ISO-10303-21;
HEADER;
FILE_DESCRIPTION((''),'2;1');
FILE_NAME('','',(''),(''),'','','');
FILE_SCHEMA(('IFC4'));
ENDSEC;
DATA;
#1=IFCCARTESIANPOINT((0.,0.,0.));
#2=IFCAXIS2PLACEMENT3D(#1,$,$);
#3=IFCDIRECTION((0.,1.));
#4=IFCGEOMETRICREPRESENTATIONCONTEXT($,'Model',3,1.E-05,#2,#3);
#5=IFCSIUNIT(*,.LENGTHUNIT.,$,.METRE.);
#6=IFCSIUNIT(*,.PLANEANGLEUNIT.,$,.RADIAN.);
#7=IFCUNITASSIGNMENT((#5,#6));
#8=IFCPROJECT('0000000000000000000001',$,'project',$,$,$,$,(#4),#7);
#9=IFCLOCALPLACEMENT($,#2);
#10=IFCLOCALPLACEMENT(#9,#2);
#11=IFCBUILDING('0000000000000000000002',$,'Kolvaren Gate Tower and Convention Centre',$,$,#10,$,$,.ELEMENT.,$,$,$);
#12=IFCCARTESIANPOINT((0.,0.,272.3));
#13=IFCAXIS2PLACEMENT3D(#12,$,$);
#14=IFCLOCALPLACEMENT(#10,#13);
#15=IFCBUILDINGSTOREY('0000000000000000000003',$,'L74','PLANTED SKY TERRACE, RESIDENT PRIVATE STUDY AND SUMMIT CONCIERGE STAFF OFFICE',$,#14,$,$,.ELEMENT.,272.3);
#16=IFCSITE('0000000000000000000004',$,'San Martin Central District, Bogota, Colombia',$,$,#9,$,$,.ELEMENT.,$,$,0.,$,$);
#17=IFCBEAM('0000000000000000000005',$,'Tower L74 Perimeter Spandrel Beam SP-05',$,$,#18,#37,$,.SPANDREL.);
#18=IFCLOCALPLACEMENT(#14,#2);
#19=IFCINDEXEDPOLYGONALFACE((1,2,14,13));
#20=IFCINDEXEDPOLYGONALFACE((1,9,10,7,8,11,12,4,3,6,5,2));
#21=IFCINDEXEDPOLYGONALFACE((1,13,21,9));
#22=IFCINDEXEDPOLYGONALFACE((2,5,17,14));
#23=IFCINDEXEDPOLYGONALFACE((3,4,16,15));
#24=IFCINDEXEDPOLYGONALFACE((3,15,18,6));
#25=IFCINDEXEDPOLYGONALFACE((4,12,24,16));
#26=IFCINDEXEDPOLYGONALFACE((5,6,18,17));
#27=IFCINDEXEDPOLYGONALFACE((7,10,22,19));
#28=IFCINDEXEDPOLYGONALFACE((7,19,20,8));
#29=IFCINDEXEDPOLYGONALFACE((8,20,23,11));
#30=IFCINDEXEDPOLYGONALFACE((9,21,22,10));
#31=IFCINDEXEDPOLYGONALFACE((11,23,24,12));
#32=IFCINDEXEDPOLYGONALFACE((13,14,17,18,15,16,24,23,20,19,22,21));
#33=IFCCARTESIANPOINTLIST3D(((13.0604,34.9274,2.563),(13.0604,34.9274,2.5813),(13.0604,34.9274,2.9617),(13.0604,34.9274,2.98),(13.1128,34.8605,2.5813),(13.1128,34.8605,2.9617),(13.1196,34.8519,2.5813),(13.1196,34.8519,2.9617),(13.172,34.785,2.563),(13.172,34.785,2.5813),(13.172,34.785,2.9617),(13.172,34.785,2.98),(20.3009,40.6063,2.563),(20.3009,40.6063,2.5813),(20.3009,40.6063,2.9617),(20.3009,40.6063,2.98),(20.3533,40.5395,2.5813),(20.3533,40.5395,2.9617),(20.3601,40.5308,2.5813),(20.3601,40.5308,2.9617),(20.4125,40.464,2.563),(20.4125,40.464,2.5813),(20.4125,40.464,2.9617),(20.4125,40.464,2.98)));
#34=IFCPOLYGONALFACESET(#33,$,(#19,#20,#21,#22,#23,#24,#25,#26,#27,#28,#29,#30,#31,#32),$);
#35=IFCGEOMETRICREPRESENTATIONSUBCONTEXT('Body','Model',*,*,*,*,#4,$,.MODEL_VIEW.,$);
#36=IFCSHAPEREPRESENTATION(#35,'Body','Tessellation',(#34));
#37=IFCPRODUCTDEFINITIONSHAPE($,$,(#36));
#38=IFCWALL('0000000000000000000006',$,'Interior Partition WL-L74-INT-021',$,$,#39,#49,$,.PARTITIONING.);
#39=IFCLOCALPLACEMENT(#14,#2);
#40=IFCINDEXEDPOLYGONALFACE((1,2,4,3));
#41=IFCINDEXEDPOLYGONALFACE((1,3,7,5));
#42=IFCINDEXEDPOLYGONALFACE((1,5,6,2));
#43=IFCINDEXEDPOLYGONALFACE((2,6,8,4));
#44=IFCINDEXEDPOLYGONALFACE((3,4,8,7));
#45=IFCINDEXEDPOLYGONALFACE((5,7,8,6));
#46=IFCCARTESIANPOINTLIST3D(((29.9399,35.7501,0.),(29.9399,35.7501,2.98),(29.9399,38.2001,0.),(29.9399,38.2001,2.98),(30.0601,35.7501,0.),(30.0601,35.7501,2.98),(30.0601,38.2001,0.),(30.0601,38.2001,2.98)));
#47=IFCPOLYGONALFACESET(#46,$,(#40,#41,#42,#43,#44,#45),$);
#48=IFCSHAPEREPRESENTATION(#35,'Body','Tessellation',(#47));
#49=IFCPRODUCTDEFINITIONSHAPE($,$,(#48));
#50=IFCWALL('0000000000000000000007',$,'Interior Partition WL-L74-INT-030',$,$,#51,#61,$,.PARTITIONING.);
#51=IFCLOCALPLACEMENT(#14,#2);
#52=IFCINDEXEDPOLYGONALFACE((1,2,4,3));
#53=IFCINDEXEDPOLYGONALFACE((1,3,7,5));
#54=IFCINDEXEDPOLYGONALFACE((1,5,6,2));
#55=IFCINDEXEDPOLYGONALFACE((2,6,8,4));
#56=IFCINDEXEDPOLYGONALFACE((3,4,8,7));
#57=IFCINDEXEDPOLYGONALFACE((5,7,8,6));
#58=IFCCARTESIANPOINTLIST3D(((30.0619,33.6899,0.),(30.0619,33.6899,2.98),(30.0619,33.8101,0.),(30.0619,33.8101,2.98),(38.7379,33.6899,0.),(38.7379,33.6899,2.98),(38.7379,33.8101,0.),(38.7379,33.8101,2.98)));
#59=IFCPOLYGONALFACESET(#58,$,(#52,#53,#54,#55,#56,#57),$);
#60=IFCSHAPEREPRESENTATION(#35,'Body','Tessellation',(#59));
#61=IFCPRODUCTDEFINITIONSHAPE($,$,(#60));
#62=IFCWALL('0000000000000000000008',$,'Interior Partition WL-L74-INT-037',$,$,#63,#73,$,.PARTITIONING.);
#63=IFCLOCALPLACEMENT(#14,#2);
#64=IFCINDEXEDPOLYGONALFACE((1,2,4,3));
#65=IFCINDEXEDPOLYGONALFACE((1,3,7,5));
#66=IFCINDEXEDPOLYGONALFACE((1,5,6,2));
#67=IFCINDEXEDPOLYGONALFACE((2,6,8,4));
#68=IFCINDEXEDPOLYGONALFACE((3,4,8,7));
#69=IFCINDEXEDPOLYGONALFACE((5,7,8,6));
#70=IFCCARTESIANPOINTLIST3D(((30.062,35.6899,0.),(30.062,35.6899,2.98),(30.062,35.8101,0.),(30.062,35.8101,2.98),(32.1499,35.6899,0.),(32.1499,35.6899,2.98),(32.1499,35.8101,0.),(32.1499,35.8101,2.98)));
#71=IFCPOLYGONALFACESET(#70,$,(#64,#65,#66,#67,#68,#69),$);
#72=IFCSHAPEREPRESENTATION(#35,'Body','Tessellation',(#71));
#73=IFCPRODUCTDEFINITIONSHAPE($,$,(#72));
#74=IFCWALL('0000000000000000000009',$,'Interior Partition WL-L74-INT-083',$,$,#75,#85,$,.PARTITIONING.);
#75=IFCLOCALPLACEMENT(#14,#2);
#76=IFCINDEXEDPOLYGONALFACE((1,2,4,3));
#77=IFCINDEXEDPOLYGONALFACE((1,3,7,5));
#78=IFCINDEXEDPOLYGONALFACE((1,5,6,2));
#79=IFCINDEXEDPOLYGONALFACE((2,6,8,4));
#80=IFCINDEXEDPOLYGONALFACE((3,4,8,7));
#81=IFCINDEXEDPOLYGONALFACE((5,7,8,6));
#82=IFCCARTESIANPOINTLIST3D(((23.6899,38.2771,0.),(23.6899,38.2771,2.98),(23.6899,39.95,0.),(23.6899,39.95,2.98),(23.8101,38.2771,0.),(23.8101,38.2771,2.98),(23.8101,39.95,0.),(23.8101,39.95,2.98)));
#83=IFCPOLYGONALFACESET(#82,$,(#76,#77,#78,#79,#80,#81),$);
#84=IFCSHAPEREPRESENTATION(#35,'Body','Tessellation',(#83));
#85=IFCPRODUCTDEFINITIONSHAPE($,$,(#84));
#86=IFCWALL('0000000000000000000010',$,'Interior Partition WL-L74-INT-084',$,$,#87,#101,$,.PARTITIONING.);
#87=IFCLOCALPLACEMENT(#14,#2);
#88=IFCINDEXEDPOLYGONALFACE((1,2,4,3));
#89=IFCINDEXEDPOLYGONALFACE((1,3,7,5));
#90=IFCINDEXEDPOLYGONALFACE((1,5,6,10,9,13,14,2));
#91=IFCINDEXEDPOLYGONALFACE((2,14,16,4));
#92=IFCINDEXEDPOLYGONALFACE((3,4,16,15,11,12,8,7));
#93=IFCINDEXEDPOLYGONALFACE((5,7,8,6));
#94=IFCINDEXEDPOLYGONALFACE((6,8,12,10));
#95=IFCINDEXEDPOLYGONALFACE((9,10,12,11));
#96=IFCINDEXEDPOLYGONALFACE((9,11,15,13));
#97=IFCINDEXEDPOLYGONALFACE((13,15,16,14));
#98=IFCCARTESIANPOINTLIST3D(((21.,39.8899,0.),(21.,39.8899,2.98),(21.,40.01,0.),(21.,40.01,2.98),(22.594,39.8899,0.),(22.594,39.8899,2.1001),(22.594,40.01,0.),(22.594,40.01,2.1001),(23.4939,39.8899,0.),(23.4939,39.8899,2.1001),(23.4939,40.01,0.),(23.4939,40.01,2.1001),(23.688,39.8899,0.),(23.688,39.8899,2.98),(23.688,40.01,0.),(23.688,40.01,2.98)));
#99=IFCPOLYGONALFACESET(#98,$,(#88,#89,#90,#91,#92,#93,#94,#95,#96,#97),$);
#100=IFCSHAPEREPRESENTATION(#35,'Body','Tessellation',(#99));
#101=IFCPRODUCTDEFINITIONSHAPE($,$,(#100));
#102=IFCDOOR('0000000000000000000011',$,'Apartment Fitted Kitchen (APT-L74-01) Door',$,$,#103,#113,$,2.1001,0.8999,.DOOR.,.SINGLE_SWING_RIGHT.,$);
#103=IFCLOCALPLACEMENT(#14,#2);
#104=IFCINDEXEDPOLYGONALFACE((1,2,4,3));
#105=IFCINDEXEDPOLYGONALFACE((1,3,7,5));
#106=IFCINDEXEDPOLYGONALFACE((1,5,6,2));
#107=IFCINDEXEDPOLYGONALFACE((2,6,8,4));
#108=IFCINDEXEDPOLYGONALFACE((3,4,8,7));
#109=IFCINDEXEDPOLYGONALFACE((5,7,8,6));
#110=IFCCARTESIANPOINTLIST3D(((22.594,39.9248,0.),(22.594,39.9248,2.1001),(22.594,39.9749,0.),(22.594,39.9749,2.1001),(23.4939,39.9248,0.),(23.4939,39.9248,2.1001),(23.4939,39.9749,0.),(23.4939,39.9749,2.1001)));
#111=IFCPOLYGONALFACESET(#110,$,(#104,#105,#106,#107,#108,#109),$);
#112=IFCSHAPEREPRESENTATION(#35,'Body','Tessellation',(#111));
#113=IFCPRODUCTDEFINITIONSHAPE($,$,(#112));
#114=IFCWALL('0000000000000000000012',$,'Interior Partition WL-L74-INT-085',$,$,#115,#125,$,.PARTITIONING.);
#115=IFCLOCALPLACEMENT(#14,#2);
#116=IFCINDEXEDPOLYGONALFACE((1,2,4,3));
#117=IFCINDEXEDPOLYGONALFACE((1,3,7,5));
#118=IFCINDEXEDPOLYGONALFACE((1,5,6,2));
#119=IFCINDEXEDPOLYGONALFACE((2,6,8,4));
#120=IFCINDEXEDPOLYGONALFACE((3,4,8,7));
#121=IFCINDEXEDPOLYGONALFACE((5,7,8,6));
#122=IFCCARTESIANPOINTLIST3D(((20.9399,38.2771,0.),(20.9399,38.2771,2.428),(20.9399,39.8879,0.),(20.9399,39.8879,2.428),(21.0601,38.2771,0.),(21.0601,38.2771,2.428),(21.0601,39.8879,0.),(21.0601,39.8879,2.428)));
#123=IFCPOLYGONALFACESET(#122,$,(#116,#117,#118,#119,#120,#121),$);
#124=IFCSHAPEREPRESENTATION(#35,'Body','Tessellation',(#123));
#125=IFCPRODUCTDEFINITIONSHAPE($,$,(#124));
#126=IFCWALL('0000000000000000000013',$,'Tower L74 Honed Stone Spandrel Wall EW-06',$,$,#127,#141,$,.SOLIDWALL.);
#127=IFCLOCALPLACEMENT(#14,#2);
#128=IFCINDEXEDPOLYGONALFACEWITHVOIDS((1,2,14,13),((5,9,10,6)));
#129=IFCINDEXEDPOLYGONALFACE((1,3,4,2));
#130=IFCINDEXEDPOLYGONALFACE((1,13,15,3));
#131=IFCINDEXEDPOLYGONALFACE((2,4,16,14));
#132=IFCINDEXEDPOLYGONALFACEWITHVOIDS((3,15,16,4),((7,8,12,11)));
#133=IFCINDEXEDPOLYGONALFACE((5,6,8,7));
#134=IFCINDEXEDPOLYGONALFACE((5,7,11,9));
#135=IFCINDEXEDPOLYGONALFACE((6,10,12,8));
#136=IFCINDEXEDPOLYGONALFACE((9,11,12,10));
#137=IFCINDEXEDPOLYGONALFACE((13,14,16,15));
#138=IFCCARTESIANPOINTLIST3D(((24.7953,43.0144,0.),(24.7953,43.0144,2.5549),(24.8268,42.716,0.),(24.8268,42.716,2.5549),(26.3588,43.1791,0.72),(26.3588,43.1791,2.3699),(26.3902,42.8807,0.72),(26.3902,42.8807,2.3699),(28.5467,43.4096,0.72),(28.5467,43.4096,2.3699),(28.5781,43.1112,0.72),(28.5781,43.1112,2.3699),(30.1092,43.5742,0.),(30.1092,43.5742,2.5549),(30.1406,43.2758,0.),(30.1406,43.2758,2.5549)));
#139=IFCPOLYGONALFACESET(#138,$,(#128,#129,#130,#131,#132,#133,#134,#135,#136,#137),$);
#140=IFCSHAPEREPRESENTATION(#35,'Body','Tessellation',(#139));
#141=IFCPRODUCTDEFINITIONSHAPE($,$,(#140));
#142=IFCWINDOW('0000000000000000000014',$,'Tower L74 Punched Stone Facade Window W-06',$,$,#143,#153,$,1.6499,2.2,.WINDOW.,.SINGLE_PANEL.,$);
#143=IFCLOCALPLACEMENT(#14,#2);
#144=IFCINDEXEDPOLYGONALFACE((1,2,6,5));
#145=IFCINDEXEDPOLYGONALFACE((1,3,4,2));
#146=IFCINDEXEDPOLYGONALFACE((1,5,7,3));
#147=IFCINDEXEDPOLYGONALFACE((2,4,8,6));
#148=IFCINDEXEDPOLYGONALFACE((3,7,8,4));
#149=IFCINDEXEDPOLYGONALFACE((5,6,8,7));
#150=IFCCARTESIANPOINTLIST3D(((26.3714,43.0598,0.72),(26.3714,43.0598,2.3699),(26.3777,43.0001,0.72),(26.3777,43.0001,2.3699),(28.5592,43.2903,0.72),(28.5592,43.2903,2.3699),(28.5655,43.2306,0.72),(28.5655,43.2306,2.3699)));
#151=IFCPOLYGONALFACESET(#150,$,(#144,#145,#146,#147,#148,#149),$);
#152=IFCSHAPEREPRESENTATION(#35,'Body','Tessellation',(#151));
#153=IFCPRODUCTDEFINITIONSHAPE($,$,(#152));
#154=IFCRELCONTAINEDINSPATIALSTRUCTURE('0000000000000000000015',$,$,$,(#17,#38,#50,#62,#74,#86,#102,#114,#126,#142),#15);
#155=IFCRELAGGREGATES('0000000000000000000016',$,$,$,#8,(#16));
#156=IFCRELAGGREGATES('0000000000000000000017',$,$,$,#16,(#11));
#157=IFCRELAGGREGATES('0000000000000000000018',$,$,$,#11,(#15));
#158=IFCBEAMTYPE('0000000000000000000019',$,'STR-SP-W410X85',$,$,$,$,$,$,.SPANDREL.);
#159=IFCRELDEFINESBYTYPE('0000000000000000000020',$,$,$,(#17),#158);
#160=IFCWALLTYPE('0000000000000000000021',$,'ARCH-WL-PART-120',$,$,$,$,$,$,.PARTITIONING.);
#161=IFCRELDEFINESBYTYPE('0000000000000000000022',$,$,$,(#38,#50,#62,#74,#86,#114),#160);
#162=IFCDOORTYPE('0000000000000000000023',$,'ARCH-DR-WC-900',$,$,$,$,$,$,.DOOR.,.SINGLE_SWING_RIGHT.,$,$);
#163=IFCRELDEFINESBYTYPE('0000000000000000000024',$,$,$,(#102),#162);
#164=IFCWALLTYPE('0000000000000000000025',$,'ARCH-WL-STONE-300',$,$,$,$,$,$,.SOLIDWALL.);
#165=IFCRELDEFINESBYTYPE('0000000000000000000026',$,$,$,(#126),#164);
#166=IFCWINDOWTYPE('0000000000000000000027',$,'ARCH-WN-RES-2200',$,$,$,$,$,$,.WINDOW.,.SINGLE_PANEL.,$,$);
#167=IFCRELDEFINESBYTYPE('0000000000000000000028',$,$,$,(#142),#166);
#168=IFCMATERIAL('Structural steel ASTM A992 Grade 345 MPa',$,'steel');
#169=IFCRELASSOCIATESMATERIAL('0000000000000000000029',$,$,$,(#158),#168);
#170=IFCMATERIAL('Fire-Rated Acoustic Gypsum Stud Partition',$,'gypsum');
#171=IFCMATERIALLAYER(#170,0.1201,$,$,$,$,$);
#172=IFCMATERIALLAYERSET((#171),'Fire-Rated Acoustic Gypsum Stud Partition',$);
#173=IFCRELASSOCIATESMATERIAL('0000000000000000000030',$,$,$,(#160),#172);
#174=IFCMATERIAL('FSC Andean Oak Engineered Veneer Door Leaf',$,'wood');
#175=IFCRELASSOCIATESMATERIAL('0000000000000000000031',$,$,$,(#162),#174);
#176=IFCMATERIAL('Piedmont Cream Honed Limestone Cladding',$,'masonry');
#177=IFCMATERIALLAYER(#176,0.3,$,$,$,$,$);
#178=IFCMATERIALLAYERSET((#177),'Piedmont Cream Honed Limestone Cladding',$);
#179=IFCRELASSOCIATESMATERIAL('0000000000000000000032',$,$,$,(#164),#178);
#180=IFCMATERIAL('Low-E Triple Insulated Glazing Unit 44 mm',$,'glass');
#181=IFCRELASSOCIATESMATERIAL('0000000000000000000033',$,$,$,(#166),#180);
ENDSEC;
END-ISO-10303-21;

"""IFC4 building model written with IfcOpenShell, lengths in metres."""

from ifc_helpers import new_model, si_unit, direction, frame, frame_2d, origin, origin_2d, place, context, subcontext, project, spatial, rectangle, i_section, extrude, material, layer, layer_set, material_profile, profile_set, type_object, element, fill, save


model = new_model("IFC4")

# Units and contexts
model_context = context("Model", 3, precision=1e-05, world=origin(), true_north=direction((0.0, 1.0)))
body_context = subcontext(model_context, "Body", "Model", "MODEL_VIEW")
ifc_project = project(units=[si_unit("LENGTHUNIT", "METRE"), si_unit("PLANEANGLEUNIT", "RADIAN")], contexts=[model_context])

# Site, building, storey
site_placement = place(None, origin())
site = spatial("IfcSite", under=ifc_project, at=site_placement, Name="San Martin Central District, Bogota, Colombia", CompositionType="ELEMENT", RefElevation=0.0)
building_placement = place(site_placement, origin())
building = spatial("IfcBuilding", under=site, at=building_placement, Name="Kolvaren Gate Tower and Convention Centre", CompositionType="ELEMENT")
storey_placement = place(building_placement, frame((0.0, 0.0, 272.3)))
storey = spatial("IfcBuildingStorey", under=building, at=storey_placement, Name="L74", Description="PLANTED SKY TERRACE, RESIDENT PRIVATE STUDY AND SUMMIT CONCIERGE STAFF OFFICE", CompositionType="ELEMENT", Elevation=272.3)

# Beam
ifc_material_1 = material(Name="Structural steel ASTM A992 Grade 345 MPa", Category="steel")
ifc_material_profile_1 = material_profile(ifc_material_1, i_section(OverallWidth=0.1809, OverallDepth=0.417, WebThickness=0.011, FlangeThickness=0.0183, at=origin_2d()), Name="W410X85")
ifc_profile_set_1 = profile_set([ifc_material_profile_1], Name="Structural steel ASTM A992 Grade 345 MPa")
beam_type_1 = type_object("IfcBeamType", Name="STR-SP-W410X85", PredefinedType="SPANDREL", material=ifc_profile_set_1)
beam_1_placement = place(storey_placement, frame((20.3567, 40.5352, 2.7715), z_axis=(-0.786846, -0.61715, 0.0), x_axis=(0.61715, -0.786846, 0.0)))
element("IfcBeam", 1, at=beam_1_placement, inside=storey, type_object=beam_type_1, Name="Tower L74 Perimeter Spandrel Beam SP-05", PredefinedType="SPANDREL", context=body_context, shape_type="SweptSolid", body=[
    extrude(i_section(OverallWidth=0.1809, OverallDepth=0.417, WebThickness=0.011, FlangeThickness=0.0183, at=origin_2d()), origin(), (0.0, 0.0, 1.0), 9.2019),
])

# Walls
ifc_material_2 = material(Name="Fire-Rated Acoustic Gypsum Stud Partition", Category="gypsum")
ifc_layer_1 = layer(ifc_material_2, 0.1201)
ifc_layer_set_1 = layer_set([ifc_layer_1], Name="Fire-Rated Acoustic Gypsum Stud Partition")
wall_type_1 = type_object("IfcWallType", Name="ARCH-WL-PART-120", PredefinedType="PARTITIONING", material=ifc_layer_set_1)
wall_1_placement = place(storey_placement, frame((30.0, 35.75, 0.0), z_axis=(0.0, 0.0, 1.0), x_axis=(0.0, 1.0, 0.0)))
element("IfcWall", 2, at=wall_1_placement, inside=storey, type_object=wall_type_1, Name="Interior Partition WL-L74-INT-021", PredefinedType="PARTITIONING", context=body_context, shape_type="SweptSolid", body=[
    extrude(rectangle(XDim=2.45, YDim=0.1201, at=frame_2d((1.2251, 0.0))), origin(), (0.0, 0.0, 1.0), 2.98),
])
wall_2_placement = place(storey_placement, frame((30.062, 33.75, 0.0), z_axis=(0.0, 0.0, 1.0), x_axis=(1.0, 0.0, 0.0)))
element("IfcWall", 3, at=wall_2_placement, inside=storey, type_object=wall_type_1, Name="Interior Partition WL-L74-INT-030", PredefinedType="PARTITIONING", context=body_context, shape_type="SweptSolid", body=[
    extrude(rectangle(XDim=8.676, YDim=0.1201, at=frame_2d((4.3379, 0.0))), origin(), (0.0, 0.0, 1.0), 2.98),
])
wall_3_placement = place(storey_placement, frame((30.062, 35.75, 0.0), z_axis=(0.0, 0.0, 1.0), x_axis=(1.0, 0.0, 0.0)))
element("IfcWall", 4, at=wall_3_placement, inside=storey, type_object=wall_type_1, Name="Interior Partition WL-L74-INT-037", PredefinedType="PARTITIONING", context=body_context, shape_type="SweptSolid", body=[
    extrude(rectangle(XDim=2.0879, YDim=0.1201, at=frame_2d((1.0439, 0.0))), origin(), (0.0, 0.0, 1.0), 2.98),
])
wall_4_placement = place(storey_placement, frame((23.75, 38.2771, 0.0), z_axis=(0.0, 0.0, 1.0), x_axis=(0.0, 1.0, 0.0)))
element("IfcWall", 5, at=wall_4_placement, inside=storey, type_object=wall_type_1, Name="Interior Partition WL-L74-INT-083", PredefinedType="PARTITIONING", context=body_context, shape_type="SweptSolid", body=[
    extrude(rectangle(XDim=1.6729, YDim=0.1201, at=frame_2d((0.8364, 0.0))), origin(), (0.0, 0.0, 1.0), 2.98),
])

# Wall, opening, door
wall_5_placement = place(storey_placement, frame((21.0, 39.95, 0.0), z_axis=(0.0, 0.0, 1.0), x_axis=(1.0, 0.0, 0.0)))
wall_5 = element("IfcWall", 6, at=wall_5_placement, inside=storey, type_object=wall_type_1, Name="Interior Partition WL-L74-INT-084", PredefinedType="PARTITIONING", context=body_context, shape_type="SweptSolid", body=[
    extrude(rectangle(XDim=2.688, YDim=0.1201, at=frame_2d((1.344, 0.0))), origin(), (0.0, 0.0, 1.0), 2.98),
])
opening_1_placement = place(wall_5_placement, frame((1.594, 0.0, 0.0)))
opening_1 = element("IfcOpeningElement", 7, at=opening_1_placement, cuts=wall_5, PredefinedType="OPENING", context=body_context, shape_type="SweptSolid", body=[
    extrude(rectangle(XDim=0.8999, YDim=2.1001, at=frame_2d((0.45, 1.05))), frame((0.0, 0.0701, 0.0), z_axis=(0.0, -1.0, 0.0), x_axis=(1.0, 0.0, 0.0)), (0.0, 0.0, 1.0), 0.1401),
])
ifc_material_3 = material(Name="FSC Andean Oak Engineered Veneer Door Leaf", Category="wood")
door_type_1 = type_object("IfcDoorType", Name="ARCH-DR-WC-900", OperationType="SINGLE_SWING_RIGHT", PredefinedType="DOOR", material=ifc_material_3)
door_1_placement = place(opening_1_placement, origin())
door_1 = element("IfcDoor", 8, at=door_1_placement, inside=storey, type_object=door_type_1, Name="Apartment Fitted Kitchen (APT-L74-01) Door", OperationType="SINGLE_SWING_RIGHT", OverallHeight=2.1001, OverallWidth=0.8999, PredefinedType="DOOR", context=body_context, shape_type="SweptSolid", body=[
    extrude(rectangle(XDim=0.8999, YDim=2.1001, at=frame_2d((0.45, 1.05))), frame((0.0, 0.0249, 0.0), z_axis=(0.0, -1.0, 0.0), x_axis=(1.0, 0.0, 0.0)), (0.0, 0.0, 1.0), 0.05),
])
fill(opening_1, door_1)

# Wall
wall_6_placement = place(storey_placement, frame((21.0, 38.2771, 0.0), z_axis=(0.0, 0.0, 1.0), x_axis=(0.0, 1.0, 0.0)))
element("IfcWall", 9, at=wall_6_placement, inside=storey, type_object=wall_type_1, Name="Interior Partition WL-L74-INT-085", PredefinedType="PARTITIONING", context=body_context, shape_type="SweptSolid", body=[
    extrude(rectangle(XDim=1.6108, YDim=0.1201, at=frame_2d((0.8054, 0.0))), origin(), (0.0, 0.0, 1.0), 2.428),
])

# Wall, opening, window
ifc_material_4 = material(Name="Piedmont Cream Honed Limestone Cladding", Category="masonry")
ifc_layer_2 = layer(ifc_material_4, 0.3)
ifc_layer_set_2 = layer_set([ifc_layer_2], Name="Piedmont Cream Honed Limestone Cladding")
wall_type_2 = type_object("IfcWallType", Name="ARCH-WL-STONE-300", PredefinedType="SOLIDWALL", material=ifc_layer_set_2)
wall_7_placement = place(storey_placement, frame((24.811, 42.8652, 0.0), z_axis=(0.0, 0.0, 1.0), x_axis=(0.994497, 0.104768, 0.0)))
wall_7 = element("IfcWall", 10, at=wall_7_placement, inside=storey, type_object=wall_type_2, Name="Tower L74 Honed Stone Spandrel Wall EW-06", PredefinedType="SOLIDWALL", context=body_context, shape_type="SweptSolid", body=[
    extrude(rectangle(XDim=5.3433, YDim=0.3, at=frame_2d((2.6716, 0.0))), origin(), (0.0, 0.0, 1.0), 2.5549),
])
opening_2_placement = place(wall_7_placement, frame((1.572, 0.0, 0.72)))
opening_2 = element("IfcOpeningElement", 11, at=opening_2_placement, cuts=wall_7, PredefinedType="OPENING", context=body_context, shape_type="SweptSolid", body=[
    extrude(rectangle(XDim=2.2, YDim=1.6499, at=frame_2d((1.1001, 0.825))), frame((0.0, 0.1599, 0.0), z_axis=(0.0, -1.0, 0.0), x_axis=(1.0, 0.0, 0.0)), (0.0, 0.0, 1.0), 0.3201),
])
ifc_material_5 = material(Name="Low-E Triple Insulated Glazing Unit 44 mm", Category="glass")
window_type = type_object("IfcWindowType", Name="ARCH-WN-RES-2200", PartitioningType="SINGLE_PANEL", PredefinedType="WINDOW", material=ifc_material_5)
window_placement = place(opening_2_placement, origin())
window = element("IfcWindow", 12, at=window_placement, inside=storey, type_object=window_type, Name="Tower L74 Punched Stone Facade Window W-06", OverallHeight=1.6499, OverallWidth=2.2, PartitioningType="SINGLE_PANEL", PredefinedType="WINDOW", context=body_context, shape_type="SweptSolid", body=[
    extrude(rectangle(XDim=2.2, YDim=1.6499, at=frame_2d((1.1001, 0.825))), frame((0.0, 0.03, 0.0), z_axis=(0.0, -1.0, 0.0), x_axis=(1.0, 0.0, 0.0)), (0.0, 0.0, 1.0), 0.0601),
])
fill(opening_2, window)

save(model, "model.ifc")
